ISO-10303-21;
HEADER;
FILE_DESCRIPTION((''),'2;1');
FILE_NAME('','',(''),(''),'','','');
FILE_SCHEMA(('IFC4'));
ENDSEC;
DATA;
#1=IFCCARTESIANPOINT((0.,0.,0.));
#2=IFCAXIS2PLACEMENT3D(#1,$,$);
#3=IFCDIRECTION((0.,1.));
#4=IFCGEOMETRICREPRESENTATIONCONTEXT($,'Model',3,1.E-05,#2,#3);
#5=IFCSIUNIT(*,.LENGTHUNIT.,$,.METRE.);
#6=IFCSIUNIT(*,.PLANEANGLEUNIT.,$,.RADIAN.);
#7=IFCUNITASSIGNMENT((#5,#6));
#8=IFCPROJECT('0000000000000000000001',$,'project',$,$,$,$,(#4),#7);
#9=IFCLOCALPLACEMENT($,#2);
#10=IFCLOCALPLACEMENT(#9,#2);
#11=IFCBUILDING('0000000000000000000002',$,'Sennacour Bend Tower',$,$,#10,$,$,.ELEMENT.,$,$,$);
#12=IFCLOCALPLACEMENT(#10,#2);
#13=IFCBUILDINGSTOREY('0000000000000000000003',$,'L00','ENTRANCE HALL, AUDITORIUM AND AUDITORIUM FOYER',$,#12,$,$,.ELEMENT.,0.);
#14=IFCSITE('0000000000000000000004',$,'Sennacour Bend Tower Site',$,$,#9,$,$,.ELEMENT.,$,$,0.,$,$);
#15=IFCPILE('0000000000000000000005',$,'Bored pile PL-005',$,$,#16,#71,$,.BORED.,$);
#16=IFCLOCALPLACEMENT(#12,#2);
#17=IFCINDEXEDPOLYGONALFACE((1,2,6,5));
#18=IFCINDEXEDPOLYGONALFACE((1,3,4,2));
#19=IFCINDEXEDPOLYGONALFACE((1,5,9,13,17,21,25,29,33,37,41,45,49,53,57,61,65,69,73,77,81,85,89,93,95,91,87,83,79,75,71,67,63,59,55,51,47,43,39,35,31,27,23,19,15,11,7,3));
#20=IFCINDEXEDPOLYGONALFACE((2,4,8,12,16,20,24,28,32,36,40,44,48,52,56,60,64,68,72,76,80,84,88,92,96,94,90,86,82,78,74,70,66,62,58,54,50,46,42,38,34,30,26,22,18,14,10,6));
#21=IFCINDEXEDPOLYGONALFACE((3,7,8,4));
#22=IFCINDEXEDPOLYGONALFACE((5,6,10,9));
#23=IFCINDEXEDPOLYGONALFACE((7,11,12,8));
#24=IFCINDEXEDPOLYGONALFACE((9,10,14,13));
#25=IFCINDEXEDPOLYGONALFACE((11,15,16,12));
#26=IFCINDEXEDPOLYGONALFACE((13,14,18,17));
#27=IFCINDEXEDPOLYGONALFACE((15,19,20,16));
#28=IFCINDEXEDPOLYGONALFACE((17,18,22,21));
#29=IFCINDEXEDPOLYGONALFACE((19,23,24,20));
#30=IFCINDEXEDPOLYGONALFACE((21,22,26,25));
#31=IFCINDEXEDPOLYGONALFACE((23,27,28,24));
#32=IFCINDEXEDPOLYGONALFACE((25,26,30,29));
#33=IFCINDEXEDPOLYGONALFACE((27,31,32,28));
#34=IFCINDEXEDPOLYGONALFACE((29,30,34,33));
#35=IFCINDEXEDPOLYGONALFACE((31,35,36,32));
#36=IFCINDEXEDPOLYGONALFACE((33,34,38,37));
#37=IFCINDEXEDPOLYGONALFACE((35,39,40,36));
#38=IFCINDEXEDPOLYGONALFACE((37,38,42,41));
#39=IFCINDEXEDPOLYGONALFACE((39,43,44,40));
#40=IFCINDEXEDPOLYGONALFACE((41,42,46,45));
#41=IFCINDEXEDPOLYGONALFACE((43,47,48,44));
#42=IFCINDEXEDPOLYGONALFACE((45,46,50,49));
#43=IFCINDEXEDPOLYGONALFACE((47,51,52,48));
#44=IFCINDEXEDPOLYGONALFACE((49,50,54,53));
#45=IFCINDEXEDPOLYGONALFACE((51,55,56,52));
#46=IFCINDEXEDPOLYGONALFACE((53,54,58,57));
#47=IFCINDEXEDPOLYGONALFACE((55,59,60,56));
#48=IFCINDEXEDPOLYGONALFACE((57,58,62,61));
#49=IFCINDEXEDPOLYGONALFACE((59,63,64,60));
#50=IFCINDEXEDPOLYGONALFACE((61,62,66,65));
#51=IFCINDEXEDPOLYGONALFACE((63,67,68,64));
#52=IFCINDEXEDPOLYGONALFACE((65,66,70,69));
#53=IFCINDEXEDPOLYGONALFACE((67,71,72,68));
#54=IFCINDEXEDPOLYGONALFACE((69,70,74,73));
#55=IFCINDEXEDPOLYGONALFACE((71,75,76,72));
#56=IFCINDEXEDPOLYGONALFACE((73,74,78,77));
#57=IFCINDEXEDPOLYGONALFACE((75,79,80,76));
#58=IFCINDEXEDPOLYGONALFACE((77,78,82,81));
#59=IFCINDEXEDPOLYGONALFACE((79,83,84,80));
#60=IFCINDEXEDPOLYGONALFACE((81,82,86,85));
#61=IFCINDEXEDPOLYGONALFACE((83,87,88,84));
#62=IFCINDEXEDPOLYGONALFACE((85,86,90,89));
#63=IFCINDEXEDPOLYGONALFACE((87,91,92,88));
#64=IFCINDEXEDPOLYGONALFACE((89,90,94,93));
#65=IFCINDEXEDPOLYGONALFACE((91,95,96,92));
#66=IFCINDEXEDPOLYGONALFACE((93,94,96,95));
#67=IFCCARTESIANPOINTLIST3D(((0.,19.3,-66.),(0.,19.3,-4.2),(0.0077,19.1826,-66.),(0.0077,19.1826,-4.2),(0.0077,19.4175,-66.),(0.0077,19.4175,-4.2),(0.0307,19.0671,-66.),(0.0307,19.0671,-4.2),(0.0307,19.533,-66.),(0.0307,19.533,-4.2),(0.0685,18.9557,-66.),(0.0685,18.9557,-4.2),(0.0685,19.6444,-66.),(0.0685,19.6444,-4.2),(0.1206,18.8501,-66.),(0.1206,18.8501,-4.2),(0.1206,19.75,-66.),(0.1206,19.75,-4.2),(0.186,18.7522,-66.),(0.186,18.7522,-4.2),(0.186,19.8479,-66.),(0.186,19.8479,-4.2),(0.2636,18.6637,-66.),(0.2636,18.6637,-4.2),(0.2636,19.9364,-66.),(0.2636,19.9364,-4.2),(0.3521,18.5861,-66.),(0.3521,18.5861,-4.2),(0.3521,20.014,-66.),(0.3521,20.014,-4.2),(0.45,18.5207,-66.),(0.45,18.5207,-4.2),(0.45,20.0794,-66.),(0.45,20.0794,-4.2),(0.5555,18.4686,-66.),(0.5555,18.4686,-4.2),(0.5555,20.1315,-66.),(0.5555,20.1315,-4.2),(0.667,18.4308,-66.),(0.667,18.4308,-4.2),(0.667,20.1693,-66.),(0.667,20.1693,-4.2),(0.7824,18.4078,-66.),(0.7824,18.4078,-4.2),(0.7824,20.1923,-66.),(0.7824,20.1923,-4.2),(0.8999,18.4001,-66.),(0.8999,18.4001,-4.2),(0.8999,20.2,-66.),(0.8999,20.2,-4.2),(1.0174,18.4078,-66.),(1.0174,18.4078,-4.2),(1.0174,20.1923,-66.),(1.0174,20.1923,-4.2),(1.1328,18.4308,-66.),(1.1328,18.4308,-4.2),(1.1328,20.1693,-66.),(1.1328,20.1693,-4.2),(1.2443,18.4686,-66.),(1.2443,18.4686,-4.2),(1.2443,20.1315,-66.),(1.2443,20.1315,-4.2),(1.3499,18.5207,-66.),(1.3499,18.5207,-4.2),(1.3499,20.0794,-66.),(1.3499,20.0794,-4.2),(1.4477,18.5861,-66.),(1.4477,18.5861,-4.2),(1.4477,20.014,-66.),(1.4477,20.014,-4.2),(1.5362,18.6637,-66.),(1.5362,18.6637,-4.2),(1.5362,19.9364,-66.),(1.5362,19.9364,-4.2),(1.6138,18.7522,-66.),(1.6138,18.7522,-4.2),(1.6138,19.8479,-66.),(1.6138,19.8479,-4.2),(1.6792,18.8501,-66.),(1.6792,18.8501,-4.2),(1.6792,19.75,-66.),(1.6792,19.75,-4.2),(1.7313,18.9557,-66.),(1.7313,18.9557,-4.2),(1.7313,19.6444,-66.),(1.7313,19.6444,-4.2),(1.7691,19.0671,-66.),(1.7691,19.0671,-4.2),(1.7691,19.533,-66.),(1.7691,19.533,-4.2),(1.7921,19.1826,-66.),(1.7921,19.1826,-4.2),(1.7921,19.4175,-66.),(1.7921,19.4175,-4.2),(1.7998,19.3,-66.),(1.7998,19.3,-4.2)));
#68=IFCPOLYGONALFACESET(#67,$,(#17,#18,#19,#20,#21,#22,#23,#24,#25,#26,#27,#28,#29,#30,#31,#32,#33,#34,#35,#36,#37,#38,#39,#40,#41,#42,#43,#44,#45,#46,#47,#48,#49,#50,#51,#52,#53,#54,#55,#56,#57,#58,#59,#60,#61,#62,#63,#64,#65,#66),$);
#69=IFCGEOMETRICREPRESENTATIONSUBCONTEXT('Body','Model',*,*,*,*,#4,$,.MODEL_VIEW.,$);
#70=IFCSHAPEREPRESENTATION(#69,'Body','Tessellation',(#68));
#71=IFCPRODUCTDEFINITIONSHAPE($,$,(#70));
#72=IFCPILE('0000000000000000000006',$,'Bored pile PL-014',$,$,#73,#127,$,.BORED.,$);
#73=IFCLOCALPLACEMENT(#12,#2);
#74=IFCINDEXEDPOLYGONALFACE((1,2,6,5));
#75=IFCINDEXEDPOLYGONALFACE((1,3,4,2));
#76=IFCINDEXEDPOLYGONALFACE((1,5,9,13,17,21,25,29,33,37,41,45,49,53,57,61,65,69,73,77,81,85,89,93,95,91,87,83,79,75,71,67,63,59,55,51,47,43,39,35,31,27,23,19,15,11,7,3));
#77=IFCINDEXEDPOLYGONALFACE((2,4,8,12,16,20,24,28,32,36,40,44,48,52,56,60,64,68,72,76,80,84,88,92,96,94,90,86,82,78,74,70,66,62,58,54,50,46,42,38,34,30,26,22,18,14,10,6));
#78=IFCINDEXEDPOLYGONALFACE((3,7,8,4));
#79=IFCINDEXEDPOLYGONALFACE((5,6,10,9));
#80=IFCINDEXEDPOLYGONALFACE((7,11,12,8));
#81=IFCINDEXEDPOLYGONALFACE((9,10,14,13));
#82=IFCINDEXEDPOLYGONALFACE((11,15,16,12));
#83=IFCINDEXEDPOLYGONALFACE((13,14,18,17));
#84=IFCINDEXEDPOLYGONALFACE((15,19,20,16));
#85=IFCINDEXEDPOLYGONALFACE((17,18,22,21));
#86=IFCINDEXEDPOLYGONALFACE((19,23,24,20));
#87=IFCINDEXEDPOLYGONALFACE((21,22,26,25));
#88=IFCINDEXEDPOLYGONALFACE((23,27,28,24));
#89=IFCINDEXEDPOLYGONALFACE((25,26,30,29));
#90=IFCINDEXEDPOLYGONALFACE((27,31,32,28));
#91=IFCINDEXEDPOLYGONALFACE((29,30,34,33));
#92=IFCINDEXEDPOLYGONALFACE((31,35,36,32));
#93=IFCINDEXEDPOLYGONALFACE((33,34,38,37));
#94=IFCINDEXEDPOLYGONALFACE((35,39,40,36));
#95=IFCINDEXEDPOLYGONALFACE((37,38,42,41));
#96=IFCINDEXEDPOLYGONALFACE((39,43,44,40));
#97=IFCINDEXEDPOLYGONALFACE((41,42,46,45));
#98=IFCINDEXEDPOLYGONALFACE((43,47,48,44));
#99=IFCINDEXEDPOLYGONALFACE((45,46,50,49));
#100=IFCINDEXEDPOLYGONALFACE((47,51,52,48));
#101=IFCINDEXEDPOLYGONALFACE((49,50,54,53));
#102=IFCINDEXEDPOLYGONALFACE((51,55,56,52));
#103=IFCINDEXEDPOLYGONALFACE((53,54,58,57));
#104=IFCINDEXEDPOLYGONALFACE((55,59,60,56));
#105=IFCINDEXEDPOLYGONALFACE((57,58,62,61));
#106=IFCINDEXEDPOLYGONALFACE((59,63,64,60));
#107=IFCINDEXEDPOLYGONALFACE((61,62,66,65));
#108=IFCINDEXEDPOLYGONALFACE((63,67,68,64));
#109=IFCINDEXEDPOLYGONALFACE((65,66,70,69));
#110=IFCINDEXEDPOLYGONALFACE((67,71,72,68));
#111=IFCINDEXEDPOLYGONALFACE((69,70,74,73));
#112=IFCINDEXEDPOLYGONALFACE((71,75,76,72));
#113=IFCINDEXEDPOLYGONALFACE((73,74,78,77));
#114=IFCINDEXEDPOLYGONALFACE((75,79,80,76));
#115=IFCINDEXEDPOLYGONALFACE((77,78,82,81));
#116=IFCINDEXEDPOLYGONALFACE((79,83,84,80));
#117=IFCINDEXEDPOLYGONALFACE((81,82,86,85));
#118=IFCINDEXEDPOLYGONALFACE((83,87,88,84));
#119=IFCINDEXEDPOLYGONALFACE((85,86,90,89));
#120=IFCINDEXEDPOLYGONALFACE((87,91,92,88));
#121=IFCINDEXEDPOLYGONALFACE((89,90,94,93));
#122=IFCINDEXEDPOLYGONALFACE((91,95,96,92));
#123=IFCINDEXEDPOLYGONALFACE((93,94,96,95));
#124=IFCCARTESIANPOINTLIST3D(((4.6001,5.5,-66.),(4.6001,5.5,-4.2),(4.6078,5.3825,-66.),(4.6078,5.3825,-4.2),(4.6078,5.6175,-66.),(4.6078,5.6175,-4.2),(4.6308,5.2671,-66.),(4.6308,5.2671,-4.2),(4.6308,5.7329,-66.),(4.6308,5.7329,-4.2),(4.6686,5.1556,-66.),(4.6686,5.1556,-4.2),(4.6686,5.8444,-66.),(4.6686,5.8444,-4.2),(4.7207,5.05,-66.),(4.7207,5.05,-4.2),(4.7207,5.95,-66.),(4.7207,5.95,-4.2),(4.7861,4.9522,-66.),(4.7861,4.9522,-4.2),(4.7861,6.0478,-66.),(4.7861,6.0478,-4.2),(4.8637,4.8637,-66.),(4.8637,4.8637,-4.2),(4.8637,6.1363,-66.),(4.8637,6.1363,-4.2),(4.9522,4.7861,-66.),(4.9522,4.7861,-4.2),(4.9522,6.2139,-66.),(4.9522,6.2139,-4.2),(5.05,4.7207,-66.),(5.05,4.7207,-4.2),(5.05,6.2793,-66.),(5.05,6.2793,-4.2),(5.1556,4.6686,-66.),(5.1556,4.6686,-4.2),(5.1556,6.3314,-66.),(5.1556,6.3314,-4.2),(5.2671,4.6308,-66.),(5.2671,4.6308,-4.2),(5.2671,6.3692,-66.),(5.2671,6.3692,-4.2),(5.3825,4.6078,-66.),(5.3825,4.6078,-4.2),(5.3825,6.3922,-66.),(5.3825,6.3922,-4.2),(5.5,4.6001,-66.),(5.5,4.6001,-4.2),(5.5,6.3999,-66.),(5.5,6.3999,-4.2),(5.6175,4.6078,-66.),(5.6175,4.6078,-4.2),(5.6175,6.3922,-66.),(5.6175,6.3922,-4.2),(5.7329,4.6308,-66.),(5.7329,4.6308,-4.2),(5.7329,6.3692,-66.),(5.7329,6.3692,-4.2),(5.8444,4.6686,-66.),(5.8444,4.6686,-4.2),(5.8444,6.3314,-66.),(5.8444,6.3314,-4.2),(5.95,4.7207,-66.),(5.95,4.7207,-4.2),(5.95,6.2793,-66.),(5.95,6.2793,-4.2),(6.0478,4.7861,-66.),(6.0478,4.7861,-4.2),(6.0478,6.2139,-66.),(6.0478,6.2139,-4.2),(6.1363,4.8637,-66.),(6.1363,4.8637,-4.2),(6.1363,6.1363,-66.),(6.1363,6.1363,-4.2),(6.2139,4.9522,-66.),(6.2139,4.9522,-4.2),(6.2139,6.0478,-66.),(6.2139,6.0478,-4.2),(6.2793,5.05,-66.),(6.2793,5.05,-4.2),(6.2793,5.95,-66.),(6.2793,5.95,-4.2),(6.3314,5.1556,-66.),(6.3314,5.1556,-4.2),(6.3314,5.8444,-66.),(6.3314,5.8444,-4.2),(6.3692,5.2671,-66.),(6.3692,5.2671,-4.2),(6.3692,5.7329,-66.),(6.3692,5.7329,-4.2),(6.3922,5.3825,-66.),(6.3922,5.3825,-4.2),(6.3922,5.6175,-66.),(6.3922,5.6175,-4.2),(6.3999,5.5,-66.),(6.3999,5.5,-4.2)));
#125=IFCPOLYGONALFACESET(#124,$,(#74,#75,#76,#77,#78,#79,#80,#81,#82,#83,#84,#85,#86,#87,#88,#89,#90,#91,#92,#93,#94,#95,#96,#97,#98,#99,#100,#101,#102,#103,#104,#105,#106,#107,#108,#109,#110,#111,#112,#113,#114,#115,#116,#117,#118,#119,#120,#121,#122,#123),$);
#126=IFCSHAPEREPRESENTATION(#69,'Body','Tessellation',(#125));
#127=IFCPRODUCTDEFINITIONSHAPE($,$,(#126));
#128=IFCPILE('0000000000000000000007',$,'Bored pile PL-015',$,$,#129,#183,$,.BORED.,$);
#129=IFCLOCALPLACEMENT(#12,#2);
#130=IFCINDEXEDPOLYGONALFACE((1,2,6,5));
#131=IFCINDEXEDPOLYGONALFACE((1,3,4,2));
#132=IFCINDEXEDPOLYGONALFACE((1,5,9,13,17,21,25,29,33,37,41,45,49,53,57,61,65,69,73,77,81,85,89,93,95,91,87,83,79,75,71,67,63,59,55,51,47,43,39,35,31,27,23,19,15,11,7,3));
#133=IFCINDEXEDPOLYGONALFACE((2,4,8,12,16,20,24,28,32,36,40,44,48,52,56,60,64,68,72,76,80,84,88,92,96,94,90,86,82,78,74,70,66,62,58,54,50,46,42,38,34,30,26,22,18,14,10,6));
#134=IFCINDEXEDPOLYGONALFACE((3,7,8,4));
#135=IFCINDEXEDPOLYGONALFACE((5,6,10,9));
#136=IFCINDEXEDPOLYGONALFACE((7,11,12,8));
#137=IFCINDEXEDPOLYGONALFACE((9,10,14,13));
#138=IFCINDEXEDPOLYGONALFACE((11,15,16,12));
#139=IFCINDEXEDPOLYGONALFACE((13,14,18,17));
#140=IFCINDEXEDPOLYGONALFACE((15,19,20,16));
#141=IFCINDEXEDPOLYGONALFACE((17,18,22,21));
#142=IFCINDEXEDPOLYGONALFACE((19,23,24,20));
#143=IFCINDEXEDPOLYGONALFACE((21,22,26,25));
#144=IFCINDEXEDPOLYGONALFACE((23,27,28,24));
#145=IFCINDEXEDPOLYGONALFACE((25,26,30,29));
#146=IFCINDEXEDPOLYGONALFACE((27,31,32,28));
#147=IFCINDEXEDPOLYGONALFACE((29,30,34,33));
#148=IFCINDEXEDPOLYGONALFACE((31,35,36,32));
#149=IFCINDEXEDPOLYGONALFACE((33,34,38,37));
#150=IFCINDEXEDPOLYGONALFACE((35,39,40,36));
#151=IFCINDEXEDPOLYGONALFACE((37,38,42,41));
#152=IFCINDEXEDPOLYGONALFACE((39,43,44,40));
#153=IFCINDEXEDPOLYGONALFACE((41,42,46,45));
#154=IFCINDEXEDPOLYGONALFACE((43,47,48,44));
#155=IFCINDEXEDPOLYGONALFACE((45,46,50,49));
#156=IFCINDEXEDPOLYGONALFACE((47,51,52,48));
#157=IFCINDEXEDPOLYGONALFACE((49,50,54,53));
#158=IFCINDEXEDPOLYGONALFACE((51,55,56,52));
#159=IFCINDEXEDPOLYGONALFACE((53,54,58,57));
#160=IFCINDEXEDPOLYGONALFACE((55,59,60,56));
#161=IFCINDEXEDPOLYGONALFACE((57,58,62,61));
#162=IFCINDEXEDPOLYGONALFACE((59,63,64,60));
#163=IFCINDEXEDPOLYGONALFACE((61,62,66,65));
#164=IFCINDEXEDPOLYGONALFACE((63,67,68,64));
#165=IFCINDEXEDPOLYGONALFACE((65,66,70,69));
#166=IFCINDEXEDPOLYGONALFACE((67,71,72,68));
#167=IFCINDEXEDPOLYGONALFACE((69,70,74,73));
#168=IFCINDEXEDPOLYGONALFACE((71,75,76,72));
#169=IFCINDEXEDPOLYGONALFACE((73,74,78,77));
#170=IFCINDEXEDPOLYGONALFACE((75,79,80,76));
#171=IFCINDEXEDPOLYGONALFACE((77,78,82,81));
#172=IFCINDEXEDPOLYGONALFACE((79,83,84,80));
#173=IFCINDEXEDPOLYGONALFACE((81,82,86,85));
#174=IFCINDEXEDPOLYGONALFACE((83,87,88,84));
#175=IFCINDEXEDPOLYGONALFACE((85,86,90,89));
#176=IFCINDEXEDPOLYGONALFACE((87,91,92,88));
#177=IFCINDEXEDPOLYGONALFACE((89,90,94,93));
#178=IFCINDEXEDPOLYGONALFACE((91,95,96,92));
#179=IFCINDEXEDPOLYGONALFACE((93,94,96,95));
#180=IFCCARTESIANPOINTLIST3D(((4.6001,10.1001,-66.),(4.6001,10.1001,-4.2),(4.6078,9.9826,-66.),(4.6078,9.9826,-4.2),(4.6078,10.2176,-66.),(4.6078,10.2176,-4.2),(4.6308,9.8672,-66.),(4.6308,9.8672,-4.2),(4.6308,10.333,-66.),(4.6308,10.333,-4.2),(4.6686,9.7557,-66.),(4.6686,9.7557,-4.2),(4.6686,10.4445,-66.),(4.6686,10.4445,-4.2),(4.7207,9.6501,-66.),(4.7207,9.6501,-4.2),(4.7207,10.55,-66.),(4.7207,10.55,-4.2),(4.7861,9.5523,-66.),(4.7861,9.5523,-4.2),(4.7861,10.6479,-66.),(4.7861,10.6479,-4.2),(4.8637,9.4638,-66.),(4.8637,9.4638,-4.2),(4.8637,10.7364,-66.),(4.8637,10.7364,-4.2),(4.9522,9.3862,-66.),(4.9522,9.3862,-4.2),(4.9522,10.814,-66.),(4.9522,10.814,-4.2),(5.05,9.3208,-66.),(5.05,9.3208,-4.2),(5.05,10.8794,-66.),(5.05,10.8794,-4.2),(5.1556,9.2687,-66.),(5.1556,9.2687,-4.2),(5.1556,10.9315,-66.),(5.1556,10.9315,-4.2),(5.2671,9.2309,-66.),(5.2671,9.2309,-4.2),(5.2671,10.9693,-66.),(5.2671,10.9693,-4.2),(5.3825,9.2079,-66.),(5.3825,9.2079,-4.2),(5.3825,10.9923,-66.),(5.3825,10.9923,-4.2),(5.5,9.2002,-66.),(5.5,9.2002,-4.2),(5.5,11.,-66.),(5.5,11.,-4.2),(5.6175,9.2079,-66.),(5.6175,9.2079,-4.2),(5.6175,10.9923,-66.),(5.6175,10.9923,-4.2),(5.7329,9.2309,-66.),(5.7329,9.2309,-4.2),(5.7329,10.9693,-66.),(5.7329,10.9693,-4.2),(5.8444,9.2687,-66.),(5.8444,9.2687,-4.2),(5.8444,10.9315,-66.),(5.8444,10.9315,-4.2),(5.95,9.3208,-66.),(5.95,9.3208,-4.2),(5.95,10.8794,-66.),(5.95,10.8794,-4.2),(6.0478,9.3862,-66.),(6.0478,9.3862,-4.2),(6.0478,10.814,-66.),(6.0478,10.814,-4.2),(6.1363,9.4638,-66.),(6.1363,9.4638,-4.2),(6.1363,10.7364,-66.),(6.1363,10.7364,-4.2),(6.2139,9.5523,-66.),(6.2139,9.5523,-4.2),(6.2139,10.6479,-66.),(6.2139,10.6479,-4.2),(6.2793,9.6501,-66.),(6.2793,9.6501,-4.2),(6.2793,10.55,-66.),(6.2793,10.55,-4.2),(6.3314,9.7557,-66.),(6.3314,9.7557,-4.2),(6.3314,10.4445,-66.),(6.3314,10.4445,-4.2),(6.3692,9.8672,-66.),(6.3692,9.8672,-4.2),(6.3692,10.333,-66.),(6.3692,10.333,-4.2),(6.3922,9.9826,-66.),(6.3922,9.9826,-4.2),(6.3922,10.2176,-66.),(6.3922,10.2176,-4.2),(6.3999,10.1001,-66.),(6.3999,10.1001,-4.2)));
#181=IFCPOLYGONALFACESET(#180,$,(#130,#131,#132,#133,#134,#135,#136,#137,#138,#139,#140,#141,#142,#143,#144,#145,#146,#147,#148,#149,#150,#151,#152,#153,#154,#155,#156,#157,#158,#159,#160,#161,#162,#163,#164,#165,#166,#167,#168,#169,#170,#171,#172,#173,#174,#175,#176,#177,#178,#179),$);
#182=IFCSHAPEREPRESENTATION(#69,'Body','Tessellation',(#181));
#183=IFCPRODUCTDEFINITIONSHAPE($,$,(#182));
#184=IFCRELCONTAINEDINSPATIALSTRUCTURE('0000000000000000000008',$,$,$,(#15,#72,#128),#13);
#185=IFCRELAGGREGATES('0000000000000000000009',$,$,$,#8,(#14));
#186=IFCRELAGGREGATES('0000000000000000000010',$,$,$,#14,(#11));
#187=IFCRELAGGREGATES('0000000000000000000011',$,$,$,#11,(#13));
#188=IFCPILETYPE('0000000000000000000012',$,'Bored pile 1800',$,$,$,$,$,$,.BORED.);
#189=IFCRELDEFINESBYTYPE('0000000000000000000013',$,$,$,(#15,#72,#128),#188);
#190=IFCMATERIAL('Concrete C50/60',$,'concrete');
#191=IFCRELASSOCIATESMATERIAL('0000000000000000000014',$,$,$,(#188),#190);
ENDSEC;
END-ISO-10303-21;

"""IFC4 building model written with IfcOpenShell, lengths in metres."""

from ifc_helpers import new_model, si_unit, direction, frame, origin, origin_2d, place, context, subcontext, project, spatial, circle, extrude, material, material_profile, profile_set, type_object, element, save


model = new_model("IFC4")

# Units and contexts
model_context = context("Model", 3, precision=1e-05, world=origin(), true_north=direction((0.0, 1.0)))
body_context = subcontext(model_context, "Body", "Model", "MODEL_VIEW")
ifc_project = project(units=[si_unit("LENGTHUNIT", "METRE"), si_unit("PLANEANGLEUNIT", "RADIAN")], contexts=[model_context])

# Site, building, storey
site_placement = place(None, origin())
site = spatial("IfcSite", under=ifc_project, at=site_placement, Name="Sennacour Bend Tower Site", CompositionType="ELEMENT", RefElevation=0.0)
building_placement = place(site_placement, origin())
building = spatial("IfcBuilding", under=site, at=building_placement, Name="Sennacour Bend Tower", CompositionType="ELEMENT")
storey_placement = place(building_placement, origin())
storey = spatial("IfcBuildingStorey", under=building, at=storey_placement, Name="L00", Description="ENTRANCE HALL, AUDITORIUM AND AUDITORIUM FOYER", CompositionType="ELEMENT", Elevation=0.0)

# Piles
ifc_material_1 = material(Name="Concrete C50/60", Category="concrete")
ifc_material_profile_1 = material_profile(ifc_material_1, circle(Radius=0.8999, at=origin_2d()), Name="Concrete C50/60", Category="concrete")
ifc_profile_set_1 = profile_set([ifc_material_profile_1], Name="Concrete C50/60")
pile_type = type_object("IfcPileType", Name="Bored pile 1800", PredefinedType="BORED", material=ifc_profile_set_1)
for number, where, z_axis, x_axis, name in (
    (1, (0.8999, 19.3, -4.2), (0.0, 0.0, -1.0), (1.0, 0.0, 0.0), "Bored pile PL-005"),
    (2, (5.5, 5.5, -4.2), (0.0, 0.0, -1.0), (1.0, 0.0, 0.0), "Bored pile PL-014"),
    (3, (5.5, 10.1001, -4.2), (0.0, 0.0, -1.0), (1.0, 0.0, 0.0), "Bored pile PL-015"),
):
    element("IfcPile", number, at=place(storey_placement, frame(where, z_axis=z_axis, x_axis=x_axis)), inside=storey, type_object=pile_type, Name=name, PredefinedType="BORED", context=body_context, shape_type="SweptSolid", body=[
        extrude(circle(Radius=0.8999, at=origin_2d()), origin(), (0.0, 0.0, 1.0), 61.8),
    ])

save(model, "model.ifc")
